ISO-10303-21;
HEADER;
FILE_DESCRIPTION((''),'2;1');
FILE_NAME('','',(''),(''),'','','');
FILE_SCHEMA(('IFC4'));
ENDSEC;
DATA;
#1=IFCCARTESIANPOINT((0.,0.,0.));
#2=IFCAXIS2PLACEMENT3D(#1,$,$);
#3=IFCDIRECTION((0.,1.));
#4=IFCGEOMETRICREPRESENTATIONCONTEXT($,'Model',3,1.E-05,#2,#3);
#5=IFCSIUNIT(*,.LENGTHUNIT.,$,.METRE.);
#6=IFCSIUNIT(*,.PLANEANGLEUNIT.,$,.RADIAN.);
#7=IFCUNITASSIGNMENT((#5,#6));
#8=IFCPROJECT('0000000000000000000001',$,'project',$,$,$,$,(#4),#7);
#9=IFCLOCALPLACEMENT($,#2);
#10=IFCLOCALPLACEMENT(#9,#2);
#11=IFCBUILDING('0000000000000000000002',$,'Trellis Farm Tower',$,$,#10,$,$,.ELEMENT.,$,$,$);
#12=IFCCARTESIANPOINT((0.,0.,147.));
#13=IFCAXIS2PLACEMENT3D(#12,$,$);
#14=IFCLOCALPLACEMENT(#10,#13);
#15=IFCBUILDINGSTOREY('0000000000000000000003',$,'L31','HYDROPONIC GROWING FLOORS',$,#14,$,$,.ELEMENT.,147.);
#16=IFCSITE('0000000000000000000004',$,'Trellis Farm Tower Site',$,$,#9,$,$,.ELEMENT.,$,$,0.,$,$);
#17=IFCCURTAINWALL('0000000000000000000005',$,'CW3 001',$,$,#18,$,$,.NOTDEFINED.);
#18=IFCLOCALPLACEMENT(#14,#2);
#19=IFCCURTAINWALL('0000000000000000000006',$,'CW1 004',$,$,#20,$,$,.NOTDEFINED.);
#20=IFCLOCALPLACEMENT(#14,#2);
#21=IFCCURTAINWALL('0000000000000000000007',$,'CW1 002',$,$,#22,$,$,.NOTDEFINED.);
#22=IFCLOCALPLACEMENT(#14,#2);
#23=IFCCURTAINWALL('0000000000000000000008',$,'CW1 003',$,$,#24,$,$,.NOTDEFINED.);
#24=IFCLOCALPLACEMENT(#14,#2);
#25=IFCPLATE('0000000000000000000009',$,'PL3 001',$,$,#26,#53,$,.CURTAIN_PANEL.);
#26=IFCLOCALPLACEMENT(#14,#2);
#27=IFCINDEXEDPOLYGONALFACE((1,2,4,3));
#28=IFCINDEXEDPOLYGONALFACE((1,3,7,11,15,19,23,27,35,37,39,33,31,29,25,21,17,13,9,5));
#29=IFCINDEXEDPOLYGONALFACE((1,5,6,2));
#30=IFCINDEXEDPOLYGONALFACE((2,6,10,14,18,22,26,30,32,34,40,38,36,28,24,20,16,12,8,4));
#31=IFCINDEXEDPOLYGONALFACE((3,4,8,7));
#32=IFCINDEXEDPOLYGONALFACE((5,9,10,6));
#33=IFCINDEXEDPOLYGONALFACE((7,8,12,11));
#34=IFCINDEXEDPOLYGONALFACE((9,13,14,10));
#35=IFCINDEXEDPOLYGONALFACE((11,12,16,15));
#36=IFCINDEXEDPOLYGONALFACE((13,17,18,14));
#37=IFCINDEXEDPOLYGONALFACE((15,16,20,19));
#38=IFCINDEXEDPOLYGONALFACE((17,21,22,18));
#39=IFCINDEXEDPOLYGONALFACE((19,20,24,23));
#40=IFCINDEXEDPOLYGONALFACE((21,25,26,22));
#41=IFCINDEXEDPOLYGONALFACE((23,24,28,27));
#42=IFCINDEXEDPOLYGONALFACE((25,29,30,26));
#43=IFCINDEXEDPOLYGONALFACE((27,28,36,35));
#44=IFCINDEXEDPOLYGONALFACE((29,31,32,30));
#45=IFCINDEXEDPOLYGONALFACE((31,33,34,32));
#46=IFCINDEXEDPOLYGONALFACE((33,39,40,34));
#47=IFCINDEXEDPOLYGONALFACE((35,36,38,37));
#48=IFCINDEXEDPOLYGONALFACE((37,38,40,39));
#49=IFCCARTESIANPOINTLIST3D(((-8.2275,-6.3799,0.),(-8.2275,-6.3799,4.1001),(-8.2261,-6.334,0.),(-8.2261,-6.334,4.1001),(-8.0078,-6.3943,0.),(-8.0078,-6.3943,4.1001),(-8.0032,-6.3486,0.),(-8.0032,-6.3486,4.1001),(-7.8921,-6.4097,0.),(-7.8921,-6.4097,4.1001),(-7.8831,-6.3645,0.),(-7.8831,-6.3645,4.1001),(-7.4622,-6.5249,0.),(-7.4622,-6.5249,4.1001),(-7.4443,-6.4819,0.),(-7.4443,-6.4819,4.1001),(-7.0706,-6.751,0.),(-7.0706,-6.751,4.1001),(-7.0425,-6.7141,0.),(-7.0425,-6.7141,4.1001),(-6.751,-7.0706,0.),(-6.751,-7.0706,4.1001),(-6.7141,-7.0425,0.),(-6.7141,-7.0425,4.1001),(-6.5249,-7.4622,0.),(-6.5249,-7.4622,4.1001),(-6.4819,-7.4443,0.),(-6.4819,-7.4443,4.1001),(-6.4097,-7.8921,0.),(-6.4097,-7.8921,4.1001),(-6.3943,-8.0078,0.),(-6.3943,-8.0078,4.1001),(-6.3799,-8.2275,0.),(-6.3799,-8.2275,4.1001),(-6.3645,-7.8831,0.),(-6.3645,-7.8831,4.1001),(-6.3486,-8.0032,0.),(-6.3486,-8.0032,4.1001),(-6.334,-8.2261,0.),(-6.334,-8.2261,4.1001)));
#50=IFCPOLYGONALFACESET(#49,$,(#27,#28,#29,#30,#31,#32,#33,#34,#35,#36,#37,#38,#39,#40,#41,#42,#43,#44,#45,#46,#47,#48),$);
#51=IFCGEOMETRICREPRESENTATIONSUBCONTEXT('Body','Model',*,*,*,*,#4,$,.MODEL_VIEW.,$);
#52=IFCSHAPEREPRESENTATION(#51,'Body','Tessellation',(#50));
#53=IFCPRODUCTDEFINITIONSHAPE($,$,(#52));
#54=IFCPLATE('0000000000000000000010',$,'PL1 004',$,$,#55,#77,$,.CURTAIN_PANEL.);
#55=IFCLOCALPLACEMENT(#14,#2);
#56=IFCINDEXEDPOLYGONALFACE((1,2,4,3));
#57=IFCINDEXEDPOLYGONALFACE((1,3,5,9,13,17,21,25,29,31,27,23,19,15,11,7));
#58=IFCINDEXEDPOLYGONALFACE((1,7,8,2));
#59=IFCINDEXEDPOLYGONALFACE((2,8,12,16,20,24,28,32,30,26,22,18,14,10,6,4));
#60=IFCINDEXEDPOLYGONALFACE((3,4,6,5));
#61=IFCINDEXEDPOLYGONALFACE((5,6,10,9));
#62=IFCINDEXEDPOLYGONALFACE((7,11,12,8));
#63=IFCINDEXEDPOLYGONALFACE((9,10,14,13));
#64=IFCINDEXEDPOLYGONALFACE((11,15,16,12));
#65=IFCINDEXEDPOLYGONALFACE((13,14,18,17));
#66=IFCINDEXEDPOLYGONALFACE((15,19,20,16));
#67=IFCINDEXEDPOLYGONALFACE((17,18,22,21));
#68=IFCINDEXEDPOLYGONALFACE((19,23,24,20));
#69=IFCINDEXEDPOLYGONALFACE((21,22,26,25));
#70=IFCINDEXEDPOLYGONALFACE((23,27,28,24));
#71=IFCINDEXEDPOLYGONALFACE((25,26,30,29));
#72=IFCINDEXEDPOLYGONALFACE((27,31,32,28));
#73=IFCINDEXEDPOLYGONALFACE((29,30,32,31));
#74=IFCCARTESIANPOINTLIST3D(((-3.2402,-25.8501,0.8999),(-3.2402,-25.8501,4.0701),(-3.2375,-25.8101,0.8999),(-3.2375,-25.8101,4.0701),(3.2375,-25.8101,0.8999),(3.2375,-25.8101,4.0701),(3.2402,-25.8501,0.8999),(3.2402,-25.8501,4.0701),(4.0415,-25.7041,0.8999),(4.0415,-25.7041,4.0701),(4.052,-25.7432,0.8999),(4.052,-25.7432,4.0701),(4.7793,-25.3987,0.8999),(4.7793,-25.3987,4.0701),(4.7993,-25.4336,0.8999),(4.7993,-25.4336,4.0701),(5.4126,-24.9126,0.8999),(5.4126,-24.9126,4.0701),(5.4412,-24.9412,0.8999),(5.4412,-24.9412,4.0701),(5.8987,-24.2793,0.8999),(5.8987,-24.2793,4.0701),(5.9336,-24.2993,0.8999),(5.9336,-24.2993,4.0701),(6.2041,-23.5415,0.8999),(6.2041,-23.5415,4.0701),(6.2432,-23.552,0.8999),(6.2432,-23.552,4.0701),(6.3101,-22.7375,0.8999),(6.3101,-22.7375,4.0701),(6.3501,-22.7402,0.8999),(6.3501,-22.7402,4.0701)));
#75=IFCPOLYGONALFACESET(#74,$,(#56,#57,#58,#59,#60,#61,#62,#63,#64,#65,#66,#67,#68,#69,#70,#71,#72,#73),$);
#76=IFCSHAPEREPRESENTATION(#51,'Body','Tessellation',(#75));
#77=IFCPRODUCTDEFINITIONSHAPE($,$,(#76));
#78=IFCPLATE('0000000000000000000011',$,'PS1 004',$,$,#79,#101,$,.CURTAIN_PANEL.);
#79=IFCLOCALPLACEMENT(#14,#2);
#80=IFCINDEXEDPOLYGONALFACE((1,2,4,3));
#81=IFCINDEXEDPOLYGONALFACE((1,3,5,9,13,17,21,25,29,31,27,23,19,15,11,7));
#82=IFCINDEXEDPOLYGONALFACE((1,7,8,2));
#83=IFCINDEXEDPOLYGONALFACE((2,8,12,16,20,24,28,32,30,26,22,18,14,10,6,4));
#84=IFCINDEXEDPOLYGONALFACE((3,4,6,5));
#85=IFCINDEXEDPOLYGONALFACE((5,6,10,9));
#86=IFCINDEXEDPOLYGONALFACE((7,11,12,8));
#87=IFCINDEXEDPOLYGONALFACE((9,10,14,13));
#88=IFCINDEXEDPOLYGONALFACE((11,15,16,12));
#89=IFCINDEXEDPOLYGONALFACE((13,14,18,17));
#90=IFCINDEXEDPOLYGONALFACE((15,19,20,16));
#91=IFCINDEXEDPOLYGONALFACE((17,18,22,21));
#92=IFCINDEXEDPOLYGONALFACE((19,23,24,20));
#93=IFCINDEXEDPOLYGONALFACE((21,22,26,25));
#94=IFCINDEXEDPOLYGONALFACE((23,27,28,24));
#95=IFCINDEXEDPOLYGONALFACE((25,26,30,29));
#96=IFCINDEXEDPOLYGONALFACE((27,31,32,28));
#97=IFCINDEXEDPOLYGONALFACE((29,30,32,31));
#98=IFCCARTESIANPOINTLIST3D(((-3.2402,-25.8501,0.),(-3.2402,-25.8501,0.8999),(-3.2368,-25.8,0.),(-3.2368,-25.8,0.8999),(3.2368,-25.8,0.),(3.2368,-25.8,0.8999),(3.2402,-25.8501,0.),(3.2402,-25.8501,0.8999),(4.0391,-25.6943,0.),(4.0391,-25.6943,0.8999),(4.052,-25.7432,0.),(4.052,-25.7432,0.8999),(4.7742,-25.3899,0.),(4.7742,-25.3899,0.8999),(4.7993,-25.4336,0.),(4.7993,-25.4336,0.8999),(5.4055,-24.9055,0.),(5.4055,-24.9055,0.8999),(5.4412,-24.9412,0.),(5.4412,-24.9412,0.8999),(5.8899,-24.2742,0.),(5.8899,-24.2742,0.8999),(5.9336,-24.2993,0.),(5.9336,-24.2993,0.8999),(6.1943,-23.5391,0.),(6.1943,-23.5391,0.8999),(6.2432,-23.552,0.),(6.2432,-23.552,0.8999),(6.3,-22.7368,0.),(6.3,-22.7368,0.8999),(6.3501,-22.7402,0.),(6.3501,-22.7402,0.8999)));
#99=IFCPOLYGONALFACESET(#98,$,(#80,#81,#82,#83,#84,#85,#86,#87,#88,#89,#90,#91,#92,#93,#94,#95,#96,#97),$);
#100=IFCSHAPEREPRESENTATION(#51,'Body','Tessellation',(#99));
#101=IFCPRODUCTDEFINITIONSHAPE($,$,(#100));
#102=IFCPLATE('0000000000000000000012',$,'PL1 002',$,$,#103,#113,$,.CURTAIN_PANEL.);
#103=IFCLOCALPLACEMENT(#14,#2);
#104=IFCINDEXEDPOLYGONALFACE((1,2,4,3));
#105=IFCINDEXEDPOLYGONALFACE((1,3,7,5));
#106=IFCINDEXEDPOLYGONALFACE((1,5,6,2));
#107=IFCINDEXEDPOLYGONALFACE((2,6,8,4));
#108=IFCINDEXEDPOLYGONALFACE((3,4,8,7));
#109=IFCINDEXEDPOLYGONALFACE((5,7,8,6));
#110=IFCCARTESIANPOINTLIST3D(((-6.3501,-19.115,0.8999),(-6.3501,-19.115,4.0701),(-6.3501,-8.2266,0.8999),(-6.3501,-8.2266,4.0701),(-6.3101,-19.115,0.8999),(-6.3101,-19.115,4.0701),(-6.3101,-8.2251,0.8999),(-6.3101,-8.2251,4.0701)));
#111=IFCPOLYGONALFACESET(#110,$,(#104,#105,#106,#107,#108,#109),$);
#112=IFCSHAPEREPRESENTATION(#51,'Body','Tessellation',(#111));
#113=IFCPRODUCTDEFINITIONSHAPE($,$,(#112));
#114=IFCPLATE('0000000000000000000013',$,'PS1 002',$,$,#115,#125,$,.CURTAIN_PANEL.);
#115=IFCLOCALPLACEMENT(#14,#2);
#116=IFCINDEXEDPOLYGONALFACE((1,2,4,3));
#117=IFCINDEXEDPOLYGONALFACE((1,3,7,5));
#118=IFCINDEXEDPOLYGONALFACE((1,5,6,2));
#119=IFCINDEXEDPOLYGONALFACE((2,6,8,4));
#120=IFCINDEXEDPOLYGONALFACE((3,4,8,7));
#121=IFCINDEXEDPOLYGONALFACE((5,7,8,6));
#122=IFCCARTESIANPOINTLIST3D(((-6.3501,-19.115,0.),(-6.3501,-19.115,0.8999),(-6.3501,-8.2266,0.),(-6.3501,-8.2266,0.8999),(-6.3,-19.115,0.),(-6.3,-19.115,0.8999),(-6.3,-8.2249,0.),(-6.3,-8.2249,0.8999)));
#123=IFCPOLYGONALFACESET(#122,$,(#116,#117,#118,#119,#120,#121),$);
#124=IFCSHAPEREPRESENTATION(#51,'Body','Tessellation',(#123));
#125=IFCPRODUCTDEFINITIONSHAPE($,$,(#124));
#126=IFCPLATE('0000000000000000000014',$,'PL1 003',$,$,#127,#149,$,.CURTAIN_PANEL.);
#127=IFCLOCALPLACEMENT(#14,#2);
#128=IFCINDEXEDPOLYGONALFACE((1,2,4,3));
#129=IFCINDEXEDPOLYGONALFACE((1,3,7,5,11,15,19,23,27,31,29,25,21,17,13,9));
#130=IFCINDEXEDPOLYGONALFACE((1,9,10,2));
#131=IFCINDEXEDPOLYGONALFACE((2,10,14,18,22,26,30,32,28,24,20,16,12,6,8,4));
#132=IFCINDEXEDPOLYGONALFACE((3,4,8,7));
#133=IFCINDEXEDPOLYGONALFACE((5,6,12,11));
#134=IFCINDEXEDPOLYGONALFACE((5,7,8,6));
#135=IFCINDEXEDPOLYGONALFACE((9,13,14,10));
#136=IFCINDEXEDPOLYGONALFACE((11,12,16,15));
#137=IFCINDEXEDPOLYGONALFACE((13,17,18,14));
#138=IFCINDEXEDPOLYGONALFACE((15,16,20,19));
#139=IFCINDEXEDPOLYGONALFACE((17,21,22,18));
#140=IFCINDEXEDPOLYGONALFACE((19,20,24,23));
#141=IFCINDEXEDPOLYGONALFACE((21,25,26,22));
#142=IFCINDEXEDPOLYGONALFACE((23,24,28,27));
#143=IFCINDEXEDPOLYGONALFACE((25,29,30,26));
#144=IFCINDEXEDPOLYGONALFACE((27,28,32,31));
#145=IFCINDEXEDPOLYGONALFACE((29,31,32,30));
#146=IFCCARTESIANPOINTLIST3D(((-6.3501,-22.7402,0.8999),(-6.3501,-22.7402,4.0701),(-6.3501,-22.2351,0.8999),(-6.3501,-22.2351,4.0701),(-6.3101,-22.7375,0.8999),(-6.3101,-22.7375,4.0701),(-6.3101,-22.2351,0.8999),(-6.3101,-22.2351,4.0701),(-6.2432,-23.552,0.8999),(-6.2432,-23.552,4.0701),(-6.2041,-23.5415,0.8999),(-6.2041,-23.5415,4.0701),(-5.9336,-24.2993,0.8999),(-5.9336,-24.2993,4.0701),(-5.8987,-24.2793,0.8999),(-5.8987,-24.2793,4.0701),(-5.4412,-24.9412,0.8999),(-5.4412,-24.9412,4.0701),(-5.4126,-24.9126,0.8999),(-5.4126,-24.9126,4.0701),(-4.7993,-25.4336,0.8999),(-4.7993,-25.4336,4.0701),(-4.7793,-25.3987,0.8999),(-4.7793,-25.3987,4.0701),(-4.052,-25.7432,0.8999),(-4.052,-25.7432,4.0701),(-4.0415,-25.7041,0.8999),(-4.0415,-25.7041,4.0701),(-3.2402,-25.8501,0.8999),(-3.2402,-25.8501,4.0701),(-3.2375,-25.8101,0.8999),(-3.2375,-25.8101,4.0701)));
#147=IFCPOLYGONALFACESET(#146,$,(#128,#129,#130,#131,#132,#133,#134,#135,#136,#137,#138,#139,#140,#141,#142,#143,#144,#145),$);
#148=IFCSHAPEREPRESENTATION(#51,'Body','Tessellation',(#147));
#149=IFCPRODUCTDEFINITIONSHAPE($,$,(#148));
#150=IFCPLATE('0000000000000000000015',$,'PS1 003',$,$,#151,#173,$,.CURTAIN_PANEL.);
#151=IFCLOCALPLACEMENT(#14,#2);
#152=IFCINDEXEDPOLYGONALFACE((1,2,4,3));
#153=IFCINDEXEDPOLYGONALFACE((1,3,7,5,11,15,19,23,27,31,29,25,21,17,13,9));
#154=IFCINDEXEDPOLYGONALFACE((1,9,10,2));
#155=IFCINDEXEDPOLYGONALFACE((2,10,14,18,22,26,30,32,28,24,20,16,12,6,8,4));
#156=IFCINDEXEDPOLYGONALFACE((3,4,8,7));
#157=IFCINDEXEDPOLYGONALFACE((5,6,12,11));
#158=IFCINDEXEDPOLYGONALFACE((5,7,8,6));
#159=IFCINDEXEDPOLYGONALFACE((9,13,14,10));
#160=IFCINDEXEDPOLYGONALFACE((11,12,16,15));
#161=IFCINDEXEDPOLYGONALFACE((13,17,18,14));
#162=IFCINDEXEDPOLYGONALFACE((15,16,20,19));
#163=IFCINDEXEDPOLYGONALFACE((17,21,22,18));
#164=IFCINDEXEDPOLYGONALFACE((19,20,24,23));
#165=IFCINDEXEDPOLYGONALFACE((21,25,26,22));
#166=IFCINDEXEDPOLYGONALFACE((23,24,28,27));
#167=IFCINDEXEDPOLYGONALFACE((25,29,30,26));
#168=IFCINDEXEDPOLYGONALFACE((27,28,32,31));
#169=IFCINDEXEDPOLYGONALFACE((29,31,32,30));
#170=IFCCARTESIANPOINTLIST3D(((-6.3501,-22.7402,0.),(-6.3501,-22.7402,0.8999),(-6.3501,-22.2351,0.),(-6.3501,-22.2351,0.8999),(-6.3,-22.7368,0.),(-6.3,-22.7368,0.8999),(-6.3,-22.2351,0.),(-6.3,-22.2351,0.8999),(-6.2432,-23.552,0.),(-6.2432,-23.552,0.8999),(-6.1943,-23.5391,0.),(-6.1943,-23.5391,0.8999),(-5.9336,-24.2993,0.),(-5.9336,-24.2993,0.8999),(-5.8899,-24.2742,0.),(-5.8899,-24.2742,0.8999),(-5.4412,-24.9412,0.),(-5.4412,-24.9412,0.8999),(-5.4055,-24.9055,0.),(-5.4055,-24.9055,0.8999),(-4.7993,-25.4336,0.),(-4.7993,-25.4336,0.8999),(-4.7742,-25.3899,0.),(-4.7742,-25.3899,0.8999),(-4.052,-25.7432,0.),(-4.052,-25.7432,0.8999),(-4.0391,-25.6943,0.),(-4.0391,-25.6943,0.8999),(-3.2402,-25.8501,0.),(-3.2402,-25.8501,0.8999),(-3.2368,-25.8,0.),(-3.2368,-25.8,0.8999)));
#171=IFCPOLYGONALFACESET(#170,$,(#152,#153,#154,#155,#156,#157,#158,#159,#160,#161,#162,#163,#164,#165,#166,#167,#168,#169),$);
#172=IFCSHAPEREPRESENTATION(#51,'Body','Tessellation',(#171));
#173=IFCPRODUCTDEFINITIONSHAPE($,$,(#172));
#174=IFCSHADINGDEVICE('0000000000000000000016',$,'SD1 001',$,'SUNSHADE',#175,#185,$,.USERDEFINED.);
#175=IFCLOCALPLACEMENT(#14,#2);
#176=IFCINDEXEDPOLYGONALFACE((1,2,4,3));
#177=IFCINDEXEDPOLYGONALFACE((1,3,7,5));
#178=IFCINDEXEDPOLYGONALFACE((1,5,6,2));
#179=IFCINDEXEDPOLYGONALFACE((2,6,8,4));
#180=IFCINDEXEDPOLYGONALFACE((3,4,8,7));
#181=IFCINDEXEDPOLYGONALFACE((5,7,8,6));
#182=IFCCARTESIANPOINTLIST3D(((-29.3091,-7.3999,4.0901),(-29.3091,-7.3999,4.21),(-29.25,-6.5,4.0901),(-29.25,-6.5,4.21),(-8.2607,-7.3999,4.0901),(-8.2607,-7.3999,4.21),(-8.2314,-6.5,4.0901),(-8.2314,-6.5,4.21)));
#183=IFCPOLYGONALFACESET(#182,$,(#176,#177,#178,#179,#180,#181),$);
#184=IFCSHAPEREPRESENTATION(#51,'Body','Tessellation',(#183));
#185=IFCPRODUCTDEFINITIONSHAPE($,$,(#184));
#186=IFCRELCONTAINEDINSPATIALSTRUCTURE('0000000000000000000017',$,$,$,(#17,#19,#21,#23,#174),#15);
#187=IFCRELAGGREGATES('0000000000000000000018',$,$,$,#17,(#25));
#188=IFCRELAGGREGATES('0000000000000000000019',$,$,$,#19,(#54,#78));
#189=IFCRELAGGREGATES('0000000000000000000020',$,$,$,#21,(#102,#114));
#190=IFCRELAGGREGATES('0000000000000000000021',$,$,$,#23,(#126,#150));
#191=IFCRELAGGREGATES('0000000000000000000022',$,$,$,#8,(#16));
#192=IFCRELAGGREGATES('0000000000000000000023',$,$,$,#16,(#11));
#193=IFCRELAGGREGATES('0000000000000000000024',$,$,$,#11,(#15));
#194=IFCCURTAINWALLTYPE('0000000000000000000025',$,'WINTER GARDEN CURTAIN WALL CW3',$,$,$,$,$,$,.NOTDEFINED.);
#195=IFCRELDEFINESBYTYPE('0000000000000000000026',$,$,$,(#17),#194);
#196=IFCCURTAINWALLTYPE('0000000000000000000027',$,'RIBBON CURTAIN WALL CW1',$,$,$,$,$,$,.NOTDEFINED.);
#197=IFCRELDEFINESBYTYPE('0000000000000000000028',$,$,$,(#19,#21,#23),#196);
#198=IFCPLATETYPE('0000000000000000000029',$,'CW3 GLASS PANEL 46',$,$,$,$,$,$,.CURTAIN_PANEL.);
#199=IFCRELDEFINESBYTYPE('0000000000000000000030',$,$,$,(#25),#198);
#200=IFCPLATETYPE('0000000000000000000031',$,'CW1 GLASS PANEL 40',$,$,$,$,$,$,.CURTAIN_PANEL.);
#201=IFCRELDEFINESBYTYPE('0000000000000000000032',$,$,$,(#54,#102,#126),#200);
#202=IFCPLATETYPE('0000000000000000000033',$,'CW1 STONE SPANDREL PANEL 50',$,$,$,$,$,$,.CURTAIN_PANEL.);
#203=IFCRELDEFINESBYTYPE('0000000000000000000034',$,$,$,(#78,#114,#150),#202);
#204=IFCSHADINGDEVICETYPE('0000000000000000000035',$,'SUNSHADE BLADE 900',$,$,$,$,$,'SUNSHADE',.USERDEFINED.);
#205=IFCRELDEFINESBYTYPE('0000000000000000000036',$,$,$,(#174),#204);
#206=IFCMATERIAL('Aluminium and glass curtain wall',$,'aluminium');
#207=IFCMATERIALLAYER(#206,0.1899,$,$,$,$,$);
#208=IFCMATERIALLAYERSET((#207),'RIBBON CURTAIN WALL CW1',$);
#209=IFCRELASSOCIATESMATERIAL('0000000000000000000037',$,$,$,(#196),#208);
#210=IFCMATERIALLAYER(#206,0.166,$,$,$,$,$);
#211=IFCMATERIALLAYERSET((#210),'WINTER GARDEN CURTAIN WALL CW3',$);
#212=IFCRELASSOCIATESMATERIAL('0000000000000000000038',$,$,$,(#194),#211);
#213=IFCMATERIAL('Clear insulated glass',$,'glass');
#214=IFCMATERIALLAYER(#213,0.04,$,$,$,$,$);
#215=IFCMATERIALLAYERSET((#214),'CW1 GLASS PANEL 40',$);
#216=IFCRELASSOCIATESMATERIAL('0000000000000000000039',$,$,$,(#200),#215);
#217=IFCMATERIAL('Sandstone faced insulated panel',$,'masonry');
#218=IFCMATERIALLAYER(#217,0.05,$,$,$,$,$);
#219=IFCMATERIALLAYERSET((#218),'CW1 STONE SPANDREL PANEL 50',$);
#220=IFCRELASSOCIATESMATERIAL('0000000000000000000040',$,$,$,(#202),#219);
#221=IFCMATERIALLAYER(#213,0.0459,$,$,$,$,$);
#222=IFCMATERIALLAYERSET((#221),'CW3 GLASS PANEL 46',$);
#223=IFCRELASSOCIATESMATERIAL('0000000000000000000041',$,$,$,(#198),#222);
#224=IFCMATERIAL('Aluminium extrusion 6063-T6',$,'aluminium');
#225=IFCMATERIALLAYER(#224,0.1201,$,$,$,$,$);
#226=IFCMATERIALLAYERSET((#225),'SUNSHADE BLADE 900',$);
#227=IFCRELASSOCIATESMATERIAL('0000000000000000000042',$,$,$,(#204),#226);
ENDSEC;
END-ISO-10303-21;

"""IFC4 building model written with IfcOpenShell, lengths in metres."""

from ifc_helpers import new_model, si_unit, direction, frame, origin, place, context, subcontext, project, spatial, polyline, outline, extrude, source, transform, mapped, material, layer, layer_set, type_object, element, aggregate, save


model = new_model("IFC4")

# Units and contexts
model_context = context("Model", 3, precision=1e-05, world=origin(), true_north=direction((0.0, 1.0)))
body_context = subcontext(model_context, "Body", "Model", "MODEL_VIEW")
ifc_project = project(units=[si_unit("LENGTHUNIT", "METRE"), si_unit("PLANEANGLEUNIT", "RADIAN")], contexts=[model_context])

# Site, building, storey
site_placement = place(None, origin())
site = spatial("IfcSite", under=ifc_project, at=site_placement, Name="Trellis Farm Tower Site", CompositionType="ELEMENT", RefElevation=0.0)
building_placement = place(site_placement, origin())
building = spatial("IfcBuilding", under=site, at=building_placement, Name="Trellis Farm Tower", CompositionType="ELEMENT")
storey_placement = place(building_placement, frame((0.0, 0.0, 147.0)))
storey = spatial("IfcBuildingStorey", under=building, at=storey_placement, Name="L31", Description="HYDROPONIC GROWING FLOORS", CompositionType="ELEMENT", Elevation=147.0)

# Curtain walls
ifc_material_1 = material(Name="Aluminium and glass curtain wall", Category="aluminium")
ifc_layer_1 = layer(ifc_material_1, 0.1899)
ifc_layer_set_1 = layer_set([ifc_layer_1], Name="RIBBON CURTAIN WALL CW1")
curtain_wall_type_1 = type_object("IfcCurtainWallType", Name="RIBBON CURTAIN WALL CW1", PredefinedType="NOTDEFINED", material=ifc_layer_set_1)
placement_1 = place(storey_placement, origin())
ifc_material_2 = material(Name="Aluminium extrusion 6063-T6", Category="aluminium")
ifc_layer_2 = layer(ifc_material_1, 0.166)
ifc_layer_set_2 = layer_set([ifc_layer_2], Name="WINTER GARDEN CURTAIN WALL CW3")
curtain_wall_type_2 = type_object("IfcCurtainWallType", Name="WINTER GARDEN CURTAIN WALL CW3", PredefinedType="NOTDEFINED", material=ifc_layer_set_2)
curtain_wall_1 = element("IfcCurtainWall", 1, at=placement_1, inside=storey, type_object=curtain_wall_type_2, Name="CW3 001", PredefinedType="NOTDEFINED")
curtain_wall_2 = element("IfcCurtainWall", 2, at=placement_1, inside=storey, type_object=curtain_wall_type_1, Name="CW1 004", PredefinedType="NOTDEFINED")
curtain_wall_3 = element("IfcCurtainWall", 3, at=placement_1, inside=storey, type_object=curtain_wall_type_1, Name="CW1 002", PredefinedType="NOTDEFINED")
curtain_wall_4 = element("IfcCurtainWall", 4, at=placement_1, inside=storey, type_object=curtain_wall_type_1, Name="CW1 003", PredefinedType="NOTDEFINED")

# Plates
ifc_material_3 = material(Name="Clear insulated glass", Category="glass")
ifc_layer_3 = layer(ifc_material_3, 0.04)
ifc_layer_set_3 = layer_set([ifc_layer_3], Name="CW1 GLASS PANEL 40")
plate_type_1 = type_object("IfcPlateType", Name="CW1 GLASS PANEL 40", PredefinedType="CURTAIN_PANEL", material=ifc_layer_set_3)
placement_2 = place(storey_placement, frame((0.0, 0.0, 0.8999)))
ifc_material_4 = material(Name="Sandstone faced insulated panel", Category="masonry")
ifc_layer_4 = layer(ifc_material_4, 0.05)
ifc_layer_set_4 = layer_set([ifc_layer_4], Name="CW1 STONE SPANDREL PANEL 50")
plate_type_2 = type_object("IfcPlateType", Name="CW1 STONE SPANDREL PANEL 50", PredefinedType="CURTAIN_PANEL", material=ifc_layer_set_4)
ifc_layer_5 = layer(ifc_material_3, 0.0459)
ifc_layer_set_5 = layer_set([ifc_layer_5], Name="CW3 GLASS PANEL 46")
plate_type_3 = type_object("IfcPlateType", Name="CW3 GLASS PANEL 46", PredefinedType="CURTAIN_PANEL", material=ifc_layer_set_5)
shared_shape_1 = source(origin(), body_context, "Body", "SweptSolid", [
    extrude(outline(polyline([(-8.2275, -6.3799), (-8.0078, -6.3943), (-7.8921, -6.4097), (-7.4622, -6.5249), (-7.0706, -6.751), (-6.751, -7.0706), (-6.5249, -7.4622), (-6.4097, -7.8921), (-6.3943, -8.0078), (-6.3799, -8.2275), (-6.334, -8.2261), (-6.3486, -8.0032), (-6.3645, -7.8831), (-6.4819, -7.4443), (-6.7141, -7.0425), (-7.0425, -6.7141), (-7.4443, -6.4819), (-7.8831, -6.3645), (-8.0032, -6.3486), (-8.2261, -6.334), (-8.2275, -6.3799)])), origin(), (0.0, 0.0, 1.0), 4.1001),
])
plate_1 = element("IfcPlate", 5, at=placement_1, type_object=plate_type_3, Name="PL3 001", PredefinedType="CURTAIN_PANEL", context=body_context, shape_type="MappedRepresentation", body=[
    mapped(shared_shape_1, transform((0.0, 0.0, 0.0))),
])
aggregate(curtain_wall_1, [plate_1])
shared_shape_2 = source(origin(), body_context, "Body", "SweptSolid", [
    extrude(outline(polyline([(-3.2402, -25.8501), (3.2402, -25.8501), (4.052, -25.7432), (4.7993, -25.4336), (5.4412, -24.9412), (5.9336, -24.2993), (6.2432, -23.552), (6.3501, -22.7402), (6.3101, -22.7375), (6.2041, -23.5415), (5.8987, -24.2793), (5.4126, -24.9126), (4.7793, -25.3987), (4.0415, -25.7041), (3.2375, -25.8101), (-3.2375, -25.8101), (-3.2402, -25.8501)])), origin(), (0.0, 0.0, 1.0), 3.1702),
])
plate_2 = element("IfcPlate", 6, at=placement_2, type_object=plate_type_1, Name="PL1 004", PredefinedType="CURTAIN_PANEL", context=body_context, shape_type="MappedRepresentation", body=[
    mapped(shared_shape_2, transform((0.0, 0.0, 0.0))),
])
shared_shape_3 = source(origin(), body_context, "Body", "SweptSolid", [
    extrude(outline(polyline([(-3.2402, -25.8501), (3.2402, -25.8501), (4.052, -25.7432), (4.7993, -25.4336), (5.4412, -24.9412), (5.9336, -24.2993), (6.2432, -23.552), (6.3501, -22.7402), (6.3, -22.7368), (6.1943, -23.5391), (5.8899, -24.2742), (5.4055, -24.9055), (4.7742, -25.3899), (4.0391, -25.6943), (3.2368, -25.8), (-3.2368, -25.8), (-3.2402, -25.8501)])), origin(), (0.0, 0.0, 1.0), 0.8999),
])
plate_3 = element("IfcPlate", 7, at=placement_1, type_object=plate_type_2, Name="PS1 004", PredefinedType="CURTAIN_PANEL", context=body_context, shape_type="MappedRepresentation", body=[
    mapped(shared_shape_3, transform((0.0, 0.0, 0.0))),
])
aggregate(curtain_wall_2, [plate_2, plate_3])
shared_shape_4 = source(origin(), body_context, "Body", "SweptSolid", [
    extrude(outline(polyline([(-6.3501, -8.2266), (-6.3501, -19.115), (-6.3101, -19.115), (-6.3101, -8.2251), (-6.3501, -8.2266)])), origin(), (0.0, 0.0, 1.0), 3.1702),
])
plate_4 = element("IfcPlate", 8, at=placement_2, type_object=plate_type_1, Name="PL1 002", PredefinedType="CURTAIN_PANEL", context=body_context, shape_type="MappedRepresentation", body=[
    mapped(shared_shape_4, transform((0.0, 0.0, 0.0))),
])
shared_shape_5 = source(origin(), body_context, "Body", "SweptSolid", [
    extrude(outline(polyline([(-6.3501, -8.2266), (-6.3501, -19.115), (-6.3, -19.115), (-6.3, -8.2249), (-6.3501, -8.2266)])), origin(), (0.0, 0.0, 1.0), 0.8999),
])
plate_5 = element("IfcPlate", 9, at=placement_1, type_object=plate_type_2, Name="PS1 002", PredefinedType="CURTAIN_PANEL", context=body_context, shape_type="MappedRepresentation", body=[
    mapped(shared_shape_5, transform((0.0, 0.0, 0.0))),
])
aggregate(curtain_wall_3, [plate_4, plate_5])
shared_shape_6 = source(origin(), body_context, "Body", "SweptSolid", [
    extrude(outline(polyline([(-6.3501, -22.2351), (-6.3501, -22.7402), (-6.2432, -23.552), (-5.9336, -24.2993), (-5.4412, -24.9412), (-4.7993, -25.4336), (-4.052, -25.7432), (-3.2402, -25.8501), (-3.2375, -25.8101), (-4.0415, -25.7041), (-4.7793, -25.3987), (-5.4126, -24.9126), (-5.8987, -24.2793), (-6.2041, -23.5415), (-6.3101, -22.7375), (-6.3101, -22.2351), (-6.3501, -22.2351)])), origin(), (0.0, 0.0, 1.0), 3.1702),
])
plate_6 = element("IfcPlate", 10, at=placement_2, type_object=plate_type_1, Name="PL1 003", PredefinedType="CURTAIN_PANEL", context=body_context, shape_type="MappedRepresentation", body=[
    mapped(shared_shape_6, transform((0.0, 0.0, 0.0))),
])
shared_shape_7 = source(origin(), body_context, "Body", "SweptSolid", [
    extrude(outline(polyline([(-6.3501, -22.2351), (-6.3501, -22.7402), (-6.2432, -23.552), (-5.9336, -24.2993), (-5.4412, -24.9412), (-4.7993, -25.4336), (-4.052, -25.7432), (-3.2402, -25.8501), (-3.2368, -25.8), (-4.0391, -25.6943), (-4.7742, -25.3899), (-5.4055, -24.9055), (-5.8899, -24.2742), (-6.1943, -23.5391), (-6.3, -22.7368), (-6.3, -22.2351), (-6.3501, -22.2351)])), origin(), (0.0, 0.0, 1.0), 0.8999),
])
plate_7 = element("IfcPlate", 11, at=placement_1, type_object=plate_type_2, Name="PS1 003", PredefinedType="CURTAIN_PANEL", context=body_context, shape_type="MappedRepresentation", body=[
    mapped(shared_shape_7, transform((0.0, 0.0, 0.0))),
])
aggregate(curtain_wall_4, [plate_6, plate_7])

# Shading device
ifc_layer_6 = layer(ifc_material_2, 0.1201)
ifc_layer_set_6 = layer_set([ifc_layer_6], Name="SUNSHADE BLADE 900")
shading_device_type_1 = type_object("IfcShadingDeviceType", Name="SUNSHADE BLADE 900", ElementType="SUNSHADE", PredefinedType="USERDEFINED", material=ifc_layer_set_6)
shared_shape_8 = source(origin(), body_context, "Body", "SweptSolid", [
    extrude(outline(polyline([(-29.3091, -7.3999), (-8.2607, -7.3999), (-8.2314, -6.5), (-29.25, -6.5), (-29.3091, -7.3999)])), origin(), (0.0, 0.0, 1.0), 0.1199),
])
placement_3 = place(storey_placement, frame((0.0, 0.0, 4.0901)))
element("IfcShadingDevice", 12, at=placement_3, inside=storey, type_object=shading_device_type_1, Name="SD1 001", ObjectType="SUNSHADE", PredefinedType="USERDEFINED", context=body_context, shape_type="MappedRepresentation", body=[
    mapped(shared_shape_8, transform((0.0, 0.0, 0.0))),
])

save(model, "model.ifc")
